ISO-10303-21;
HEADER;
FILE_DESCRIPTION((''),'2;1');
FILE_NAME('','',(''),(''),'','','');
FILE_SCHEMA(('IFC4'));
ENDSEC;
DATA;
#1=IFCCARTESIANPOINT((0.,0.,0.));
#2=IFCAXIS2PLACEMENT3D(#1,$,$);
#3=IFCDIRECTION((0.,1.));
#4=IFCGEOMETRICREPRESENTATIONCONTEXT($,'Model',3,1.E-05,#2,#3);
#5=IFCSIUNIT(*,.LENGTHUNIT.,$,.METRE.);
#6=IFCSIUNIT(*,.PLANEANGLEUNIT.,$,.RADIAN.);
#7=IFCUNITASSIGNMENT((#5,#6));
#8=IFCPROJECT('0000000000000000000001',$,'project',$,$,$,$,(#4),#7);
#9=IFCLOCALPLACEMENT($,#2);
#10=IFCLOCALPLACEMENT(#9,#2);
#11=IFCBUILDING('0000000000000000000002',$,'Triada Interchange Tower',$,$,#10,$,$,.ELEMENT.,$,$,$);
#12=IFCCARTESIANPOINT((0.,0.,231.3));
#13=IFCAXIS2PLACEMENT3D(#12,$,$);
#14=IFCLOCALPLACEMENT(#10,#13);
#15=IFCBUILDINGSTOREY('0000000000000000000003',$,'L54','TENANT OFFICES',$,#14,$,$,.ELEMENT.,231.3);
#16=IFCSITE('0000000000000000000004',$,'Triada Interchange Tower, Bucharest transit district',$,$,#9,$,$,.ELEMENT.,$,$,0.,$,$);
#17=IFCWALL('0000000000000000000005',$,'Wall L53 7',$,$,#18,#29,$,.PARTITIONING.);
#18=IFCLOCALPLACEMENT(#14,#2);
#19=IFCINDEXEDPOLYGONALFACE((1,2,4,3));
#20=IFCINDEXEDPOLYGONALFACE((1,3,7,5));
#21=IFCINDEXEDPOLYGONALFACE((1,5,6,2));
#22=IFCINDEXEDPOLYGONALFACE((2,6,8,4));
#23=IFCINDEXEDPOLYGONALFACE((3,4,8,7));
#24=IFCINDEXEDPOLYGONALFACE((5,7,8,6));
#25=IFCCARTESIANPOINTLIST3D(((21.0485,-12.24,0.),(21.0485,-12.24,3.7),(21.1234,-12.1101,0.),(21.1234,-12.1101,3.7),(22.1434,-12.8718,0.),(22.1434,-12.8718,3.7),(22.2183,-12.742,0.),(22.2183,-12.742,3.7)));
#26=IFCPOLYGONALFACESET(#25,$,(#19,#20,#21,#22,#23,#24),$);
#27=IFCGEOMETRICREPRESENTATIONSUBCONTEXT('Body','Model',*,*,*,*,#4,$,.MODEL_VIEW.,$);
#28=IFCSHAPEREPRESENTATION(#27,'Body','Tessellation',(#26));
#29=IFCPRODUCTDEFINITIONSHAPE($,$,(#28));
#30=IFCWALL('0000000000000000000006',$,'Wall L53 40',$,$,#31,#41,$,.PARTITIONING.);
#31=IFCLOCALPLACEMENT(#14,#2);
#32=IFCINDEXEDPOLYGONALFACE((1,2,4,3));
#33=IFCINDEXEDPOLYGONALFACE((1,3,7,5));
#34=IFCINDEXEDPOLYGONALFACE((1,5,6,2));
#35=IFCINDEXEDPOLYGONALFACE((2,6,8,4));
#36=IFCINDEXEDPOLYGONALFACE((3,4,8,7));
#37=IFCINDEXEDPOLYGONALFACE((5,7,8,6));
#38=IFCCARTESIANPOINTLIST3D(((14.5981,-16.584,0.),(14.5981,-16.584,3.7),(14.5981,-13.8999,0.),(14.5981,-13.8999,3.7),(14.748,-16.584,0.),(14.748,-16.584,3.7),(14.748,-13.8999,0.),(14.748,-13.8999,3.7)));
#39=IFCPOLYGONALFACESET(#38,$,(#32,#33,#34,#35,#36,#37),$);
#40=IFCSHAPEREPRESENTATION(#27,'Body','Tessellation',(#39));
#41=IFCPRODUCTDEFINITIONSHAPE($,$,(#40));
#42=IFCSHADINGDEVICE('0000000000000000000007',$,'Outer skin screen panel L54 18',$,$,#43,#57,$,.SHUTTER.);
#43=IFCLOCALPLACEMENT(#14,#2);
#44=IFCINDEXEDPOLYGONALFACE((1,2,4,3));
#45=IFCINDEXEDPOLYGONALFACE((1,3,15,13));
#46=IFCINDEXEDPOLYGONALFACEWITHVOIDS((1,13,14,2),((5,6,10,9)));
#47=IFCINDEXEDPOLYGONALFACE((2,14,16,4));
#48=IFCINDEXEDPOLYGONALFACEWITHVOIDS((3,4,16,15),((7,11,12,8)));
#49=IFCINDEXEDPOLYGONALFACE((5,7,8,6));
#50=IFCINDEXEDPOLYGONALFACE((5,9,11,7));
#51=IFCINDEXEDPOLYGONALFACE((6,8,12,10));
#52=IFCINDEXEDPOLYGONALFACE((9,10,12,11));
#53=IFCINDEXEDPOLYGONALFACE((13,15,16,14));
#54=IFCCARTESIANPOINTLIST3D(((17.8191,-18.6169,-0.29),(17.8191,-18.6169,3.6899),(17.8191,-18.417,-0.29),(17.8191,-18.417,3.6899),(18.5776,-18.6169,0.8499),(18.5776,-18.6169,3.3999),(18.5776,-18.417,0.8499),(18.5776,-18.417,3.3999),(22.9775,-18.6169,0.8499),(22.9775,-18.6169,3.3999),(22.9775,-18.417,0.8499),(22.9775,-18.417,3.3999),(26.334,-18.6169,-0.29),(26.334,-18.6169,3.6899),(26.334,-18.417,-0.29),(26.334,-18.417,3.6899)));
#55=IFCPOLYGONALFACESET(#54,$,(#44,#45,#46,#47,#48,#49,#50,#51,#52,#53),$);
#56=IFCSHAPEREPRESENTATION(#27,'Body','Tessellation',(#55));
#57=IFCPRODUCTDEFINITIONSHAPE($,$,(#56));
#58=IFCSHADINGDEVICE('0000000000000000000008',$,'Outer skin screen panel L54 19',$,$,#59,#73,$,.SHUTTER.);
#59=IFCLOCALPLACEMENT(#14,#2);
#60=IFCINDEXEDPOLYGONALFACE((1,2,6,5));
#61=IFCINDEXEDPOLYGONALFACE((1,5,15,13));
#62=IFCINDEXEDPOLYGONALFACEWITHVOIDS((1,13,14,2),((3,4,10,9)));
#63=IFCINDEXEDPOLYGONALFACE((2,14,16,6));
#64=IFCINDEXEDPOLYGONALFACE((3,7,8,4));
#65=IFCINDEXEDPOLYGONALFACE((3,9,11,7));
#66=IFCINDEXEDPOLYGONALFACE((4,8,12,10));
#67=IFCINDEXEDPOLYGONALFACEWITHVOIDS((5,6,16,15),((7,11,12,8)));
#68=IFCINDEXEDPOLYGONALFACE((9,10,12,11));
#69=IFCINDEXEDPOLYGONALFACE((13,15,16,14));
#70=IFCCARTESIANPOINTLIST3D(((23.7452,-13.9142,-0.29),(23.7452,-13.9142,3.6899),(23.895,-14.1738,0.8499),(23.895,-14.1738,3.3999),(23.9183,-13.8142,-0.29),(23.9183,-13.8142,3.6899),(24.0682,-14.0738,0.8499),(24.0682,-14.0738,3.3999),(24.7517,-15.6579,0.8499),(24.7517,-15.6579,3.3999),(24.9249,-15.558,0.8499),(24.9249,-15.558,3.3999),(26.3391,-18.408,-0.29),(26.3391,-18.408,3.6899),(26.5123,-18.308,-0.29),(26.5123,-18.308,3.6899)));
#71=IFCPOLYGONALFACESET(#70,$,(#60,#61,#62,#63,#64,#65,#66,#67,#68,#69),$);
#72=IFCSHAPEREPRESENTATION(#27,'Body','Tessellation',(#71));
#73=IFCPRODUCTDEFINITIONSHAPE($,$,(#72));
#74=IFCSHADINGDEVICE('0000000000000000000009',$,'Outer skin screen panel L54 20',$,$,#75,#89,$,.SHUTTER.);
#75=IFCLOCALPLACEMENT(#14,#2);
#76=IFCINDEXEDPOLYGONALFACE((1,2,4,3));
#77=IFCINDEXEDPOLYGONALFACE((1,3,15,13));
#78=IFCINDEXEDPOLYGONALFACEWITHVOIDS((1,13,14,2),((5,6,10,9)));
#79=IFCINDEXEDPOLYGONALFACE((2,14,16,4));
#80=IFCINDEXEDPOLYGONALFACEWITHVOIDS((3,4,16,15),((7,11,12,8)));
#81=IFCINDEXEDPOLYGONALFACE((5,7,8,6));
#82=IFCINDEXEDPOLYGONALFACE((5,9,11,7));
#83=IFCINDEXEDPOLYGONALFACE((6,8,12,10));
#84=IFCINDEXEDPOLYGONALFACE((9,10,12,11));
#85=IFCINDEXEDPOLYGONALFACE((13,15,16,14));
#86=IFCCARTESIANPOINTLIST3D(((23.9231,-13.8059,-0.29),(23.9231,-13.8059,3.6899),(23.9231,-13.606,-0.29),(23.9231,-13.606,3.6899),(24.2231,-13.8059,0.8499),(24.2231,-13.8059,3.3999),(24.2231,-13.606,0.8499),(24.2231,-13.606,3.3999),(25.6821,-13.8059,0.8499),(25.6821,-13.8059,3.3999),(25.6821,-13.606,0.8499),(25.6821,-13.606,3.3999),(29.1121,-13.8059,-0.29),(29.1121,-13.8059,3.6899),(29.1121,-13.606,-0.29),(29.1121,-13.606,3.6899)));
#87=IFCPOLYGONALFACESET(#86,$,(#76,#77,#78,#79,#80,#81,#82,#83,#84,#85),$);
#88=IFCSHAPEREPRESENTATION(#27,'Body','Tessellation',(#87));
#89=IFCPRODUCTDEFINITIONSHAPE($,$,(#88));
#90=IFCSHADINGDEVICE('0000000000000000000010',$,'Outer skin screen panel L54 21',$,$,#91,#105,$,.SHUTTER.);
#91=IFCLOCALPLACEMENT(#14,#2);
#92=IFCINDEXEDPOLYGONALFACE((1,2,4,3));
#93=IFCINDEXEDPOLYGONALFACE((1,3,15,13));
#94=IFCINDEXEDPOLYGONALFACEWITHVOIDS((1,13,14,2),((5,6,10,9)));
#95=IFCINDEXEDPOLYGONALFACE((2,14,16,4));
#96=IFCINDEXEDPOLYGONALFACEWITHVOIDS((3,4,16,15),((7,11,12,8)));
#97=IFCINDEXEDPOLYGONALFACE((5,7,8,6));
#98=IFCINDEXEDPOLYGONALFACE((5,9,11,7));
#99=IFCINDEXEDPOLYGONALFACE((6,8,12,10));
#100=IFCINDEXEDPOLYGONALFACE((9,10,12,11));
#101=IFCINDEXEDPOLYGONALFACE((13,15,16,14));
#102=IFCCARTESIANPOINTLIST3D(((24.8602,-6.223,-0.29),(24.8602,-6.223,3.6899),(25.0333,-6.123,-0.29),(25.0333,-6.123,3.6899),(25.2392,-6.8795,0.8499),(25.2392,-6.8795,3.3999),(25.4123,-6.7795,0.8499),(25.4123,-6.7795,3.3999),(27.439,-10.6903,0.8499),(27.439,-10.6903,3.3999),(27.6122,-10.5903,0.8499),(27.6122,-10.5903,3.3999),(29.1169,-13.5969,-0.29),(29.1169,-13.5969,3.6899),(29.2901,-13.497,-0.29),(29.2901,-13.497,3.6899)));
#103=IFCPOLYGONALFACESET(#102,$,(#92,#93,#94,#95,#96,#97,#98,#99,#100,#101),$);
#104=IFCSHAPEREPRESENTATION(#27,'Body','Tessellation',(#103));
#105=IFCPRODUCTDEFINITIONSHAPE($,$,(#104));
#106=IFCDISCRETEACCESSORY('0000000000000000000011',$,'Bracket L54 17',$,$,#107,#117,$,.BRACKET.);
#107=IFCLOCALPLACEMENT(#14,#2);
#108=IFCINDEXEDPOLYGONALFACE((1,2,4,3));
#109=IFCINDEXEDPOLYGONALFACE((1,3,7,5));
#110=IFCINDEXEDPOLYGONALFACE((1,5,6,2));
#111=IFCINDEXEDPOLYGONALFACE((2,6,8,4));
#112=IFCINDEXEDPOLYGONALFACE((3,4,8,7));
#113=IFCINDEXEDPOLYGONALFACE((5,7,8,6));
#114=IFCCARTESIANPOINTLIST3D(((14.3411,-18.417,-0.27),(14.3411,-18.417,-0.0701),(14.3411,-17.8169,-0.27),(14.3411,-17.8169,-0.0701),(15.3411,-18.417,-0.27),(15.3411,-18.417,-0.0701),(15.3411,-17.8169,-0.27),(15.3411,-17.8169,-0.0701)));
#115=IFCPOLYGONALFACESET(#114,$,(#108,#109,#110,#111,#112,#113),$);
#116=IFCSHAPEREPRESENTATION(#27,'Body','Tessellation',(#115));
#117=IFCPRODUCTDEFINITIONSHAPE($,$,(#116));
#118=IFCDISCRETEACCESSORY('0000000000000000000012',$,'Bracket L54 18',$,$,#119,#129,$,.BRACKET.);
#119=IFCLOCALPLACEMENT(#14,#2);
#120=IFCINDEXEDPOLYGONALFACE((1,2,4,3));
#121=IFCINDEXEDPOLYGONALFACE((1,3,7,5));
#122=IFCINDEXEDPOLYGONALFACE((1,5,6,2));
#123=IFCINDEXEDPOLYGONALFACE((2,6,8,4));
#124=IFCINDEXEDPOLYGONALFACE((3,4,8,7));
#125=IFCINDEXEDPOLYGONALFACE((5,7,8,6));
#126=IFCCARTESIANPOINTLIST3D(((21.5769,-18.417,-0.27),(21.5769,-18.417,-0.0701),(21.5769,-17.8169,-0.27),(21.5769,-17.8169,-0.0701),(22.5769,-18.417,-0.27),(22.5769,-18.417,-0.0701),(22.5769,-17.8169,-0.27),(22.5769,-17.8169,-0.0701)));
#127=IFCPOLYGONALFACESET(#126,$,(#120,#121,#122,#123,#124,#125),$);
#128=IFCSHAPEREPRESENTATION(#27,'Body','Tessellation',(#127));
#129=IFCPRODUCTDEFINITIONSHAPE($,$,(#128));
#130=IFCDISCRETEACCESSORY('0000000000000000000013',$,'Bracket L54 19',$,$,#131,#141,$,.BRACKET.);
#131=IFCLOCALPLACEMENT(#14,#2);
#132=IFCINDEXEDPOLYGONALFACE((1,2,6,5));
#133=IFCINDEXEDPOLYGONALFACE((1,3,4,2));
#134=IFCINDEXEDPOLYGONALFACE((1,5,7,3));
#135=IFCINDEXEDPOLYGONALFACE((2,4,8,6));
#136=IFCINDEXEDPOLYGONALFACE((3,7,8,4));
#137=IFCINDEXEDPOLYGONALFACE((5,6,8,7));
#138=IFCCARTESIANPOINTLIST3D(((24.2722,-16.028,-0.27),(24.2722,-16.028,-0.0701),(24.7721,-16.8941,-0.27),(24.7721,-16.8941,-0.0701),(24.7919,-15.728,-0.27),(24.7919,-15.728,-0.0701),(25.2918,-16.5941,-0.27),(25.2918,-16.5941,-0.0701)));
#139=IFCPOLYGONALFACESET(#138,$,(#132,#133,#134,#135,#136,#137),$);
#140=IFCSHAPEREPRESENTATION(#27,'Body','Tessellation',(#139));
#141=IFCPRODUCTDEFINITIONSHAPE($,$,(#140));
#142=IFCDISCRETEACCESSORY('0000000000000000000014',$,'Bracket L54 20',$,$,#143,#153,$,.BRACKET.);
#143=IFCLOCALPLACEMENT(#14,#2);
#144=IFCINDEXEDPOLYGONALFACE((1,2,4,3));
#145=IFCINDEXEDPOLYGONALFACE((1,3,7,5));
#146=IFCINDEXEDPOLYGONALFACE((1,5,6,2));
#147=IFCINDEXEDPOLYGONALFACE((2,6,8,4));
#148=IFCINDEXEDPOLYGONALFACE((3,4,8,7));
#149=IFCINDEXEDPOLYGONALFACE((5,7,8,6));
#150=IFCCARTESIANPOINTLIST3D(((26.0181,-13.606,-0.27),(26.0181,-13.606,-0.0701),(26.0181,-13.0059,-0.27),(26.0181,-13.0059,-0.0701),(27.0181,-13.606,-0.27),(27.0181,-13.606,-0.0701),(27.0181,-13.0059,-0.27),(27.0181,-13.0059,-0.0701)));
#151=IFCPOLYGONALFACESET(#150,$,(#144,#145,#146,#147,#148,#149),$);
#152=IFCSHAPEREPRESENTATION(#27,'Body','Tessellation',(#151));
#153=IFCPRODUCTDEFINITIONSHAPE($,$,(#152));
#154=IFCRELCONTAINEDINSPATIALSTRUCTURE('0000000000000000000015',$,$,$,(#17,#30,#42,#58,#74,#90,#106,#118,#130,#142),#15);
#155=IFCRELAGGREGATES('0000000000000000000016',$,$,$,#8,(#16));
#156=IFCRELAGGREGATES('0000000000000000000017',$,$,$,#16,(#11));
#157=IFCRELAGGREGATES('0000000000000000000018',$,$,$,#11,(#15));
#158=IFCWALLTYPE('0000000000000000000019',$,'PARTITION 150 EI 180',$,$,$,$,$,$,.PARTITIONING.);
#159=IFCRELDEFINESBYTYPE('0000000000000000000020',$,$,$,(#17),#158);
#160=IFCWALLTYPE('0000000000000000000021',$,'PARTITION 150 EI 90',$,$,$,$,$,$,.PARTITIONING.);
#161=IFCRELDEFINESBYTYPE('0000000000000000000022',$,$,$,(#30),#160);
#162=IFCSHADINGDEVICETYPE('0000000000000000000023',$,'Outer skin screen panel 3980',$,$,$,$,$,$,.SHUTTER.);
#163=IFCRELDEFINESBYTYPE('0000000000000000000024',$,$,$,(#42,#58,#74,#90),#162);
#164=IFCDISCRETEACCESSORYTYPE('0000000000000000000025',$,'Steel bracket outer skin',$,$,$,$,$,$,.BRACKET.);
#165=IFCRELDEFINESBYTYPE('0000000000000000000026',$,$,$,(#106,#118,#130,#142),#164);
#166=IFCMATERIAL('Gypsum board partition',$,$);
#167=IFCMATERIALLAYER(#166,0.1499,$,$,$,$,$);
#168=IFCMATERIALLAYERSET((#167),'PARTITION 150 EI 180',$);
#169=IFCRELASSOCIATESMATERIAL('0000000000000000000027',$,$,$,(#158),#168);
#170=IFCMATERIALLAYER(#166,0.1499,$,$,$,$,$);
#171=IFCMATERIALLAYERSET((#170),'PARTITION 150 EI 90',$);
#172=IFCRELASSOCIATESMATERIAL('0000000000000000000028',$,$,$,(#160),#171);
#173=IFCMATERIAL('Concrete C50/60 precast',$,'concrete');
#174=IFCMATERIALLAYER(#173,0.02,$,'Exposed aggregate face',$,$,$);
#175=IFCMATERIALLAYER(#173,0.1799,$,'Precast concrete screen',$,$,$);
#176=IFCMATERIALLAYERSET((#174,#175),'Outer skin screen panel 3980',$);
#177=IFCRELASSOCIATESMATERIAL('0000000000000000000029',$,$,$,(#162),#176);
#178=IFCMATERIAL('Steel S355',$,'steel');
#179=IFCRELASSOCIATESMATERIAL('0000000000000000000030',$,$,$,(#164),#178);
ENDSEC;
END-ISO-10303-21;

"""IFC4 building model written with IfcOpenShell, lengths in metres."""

from ifc_helpers import new_model, si_unit, direction, frame, frame_2d, origin, origin_2d, place, context, subcontext, project, spatial, polyline, rectangle, outline, extrude, material, layer, layer_set, type_object, element, save


model = new_model("IFC4")

# Units and contexts
model_context = context("Model", 3, precision=1e-05, world=origin(), true_north=direction((0.0, 1.0)))
body_context = subcontext(model_context, "Body", "Model", "MODEL_VIEW")
ifc_project = project(units=[si_unit("LENGTHUNIT", "METRE"), si_unit("PLANEANGLEUNIT", "RADIAN")], contexts=[model_context])

# Site, building, storey
site_placement = place(None, origin())
site = spatial("IfcSite", under=ifc_project, at=site_placement, Name="Triada Interchange Tower, Bucharest transit district", CompositionType="ELEMENT", RefElevation=0.0)
building_placement = place(site_placement, origin())
building = spatial("IfcBuilding", under=site, at=building_placement, Name="Triada Interchange Tower", CompositionType="ELEMENT")
storey_placement = place(building_placement, frame((0.0, 0.0, 231.3)))
storey = spatial("IfcBuildingStorey", under=building, at=storey_placement, Name="L54", Description="TENANT OFFICES", CompositionType="ELEMENT", Elevation=231.3)

# Walls
ifc_material_1 = material(Name="Gypsum board partition")
ifc_layer_1 = layer(ifc_material_1, 0.1499)
ifc_layer_set_1 = layer_set([ifc_layer_1], Name="PARTITION 150 EI 180")
wall_type_1 = type_object("IfcWallType", Name="PARTITION 150 EI 180", PredefinedType="PARTITIONING", material=ifc_layer_set_1)
wall_1_placement = place(storey_placement, frame((21.0859, -12.175, 0.0), z_axis=(0.0, 0.0, 1.0), x_axis=(0.866144, -0.499795, 0.0)))
element("IfcWall", 1, at=wall_1_placement, inside=storey, type_object=wall_type_1, Name="Wall L53 7", PredefinedType="PARTITIONING", context=body_context, shape_type="SweptSolid", body=[
    extrude(rectangle(XDim=1.2642, YDim=0.1499, at=frame_2d((0.6321, 0.0))), origin(), (0.0, 0.0, 1.0), 3.7),
])
ifc_layer_2 = layer(ifc_material_1, 0.1499)
ifc_layer_set_2 = layer_set([ifc_layer_2], Name="PARTITION 150 EI 90")
wall_type_2 = type_object("IfcWallType", Name="PARTITION 150 EI 90", PredefinedType="PARTITIONING", material=ifc_layer_set_2)
wall_2_placement = place(storey_placement, frame((14.6731, -16.584, 0.0), z_axis=(0.0, 0.0, 1.0), x_axis=(0.0, 1.0, 0.0)))
element("IfcWall", 2, at=wall_2_placement, inside=storey, type_object=wall_type_2, Name="Wall L53 40", PredefinedType="PARTITIONING", context=body_context, shape_type="SweptSolid", body=[
    extrude(rectangle(XDim=2.6841, YDim=0.1499, at=frame_2d((1.342, 0.0))), origin(), (0.0, 0.0, 1.0), 3.7),
])

# Shading devices
ifc_material_2 = material(Name="Concrete C50/60 precast", Category="concrete")
ifc_layer_3 = layer(ifc_material_2, 0.02, Name="Exposed aggregate face")
ifc_layer_4 = layer(ifc_material_2, 0.1799, Name="Precast concrete screen")
ifc_layer_set_3 = layer_set([ifc_layer_3, ifc_layer_4], Name="Outer skin screen panel 3980")
shading_device_type = type_object("IfcShadingDeviceType", Name="Outer skin screen panel 3980", PredefinedType="SHUTTER", material=ifc_layer_set_3)
shading_device_1_placement = place(storey_placement, frame((17.8191, -18.417, -0.29), z_axis=(0.0, 0.0, 1.0), x_axis=(1.0, 0.0, 0.0)))
element("IfcShadingDevice", 3, at=shading_device_1_placement, inside=storey, type_object=shading_device_type, Name="Outer skin screen panel L54 18", PredefinedType="SHUTTER", context=body_context, shape_type="SweptSolid", body=[
    extrude(outline(polyline([(0.0, 0.0), (8.5149, 0.0), (8.5149, 3.98), (0.0, 3.98), (0.0, 0.0)]), holes=[polyline([(0.7585, 1.1399), (0.7585, 3.6899), (5.1584, 3.6899), (5.1584, 1.1399), (0.7585, 1.1399)])]), frame((0.0, 0.0, 0.0), z_axis=(0.0, -1.0, 0.0), x_axis=(1.0, 0.0, 0.0)), (0.0, 0.0, 1.0), 0.2),
])
shading_device_2_placement = place(storey_placement, frame((26.3391, -18.408, -0.29), z_axis=(0.0, 0.0, 1.0), x_axis=(-0.499919, 0.866072, 0.0)))
element("IfcShadingDevice", 4, at=shading_device_2_placement, inside=storey, type_object=shading_device_type, Name="Outer skin screen panel L54 19", PredefinedType="SHUTTER", context=body_context, shape_type="SweptSolid", body=[
    extrude(outline(polyline([(0.0, 0.0), (5.1887, 0.0), (5.1887, 3.98), (0.0, 3.98), (0.0, 0.0)]), holes=[polyline([(3.1753, 1.1399), (3.1753, 3.6899), (4.8889, 3.6899), (4.8889, 1.1399), (3.1753, 1.1399)])]), frame((0.0, 0.0, 0.0), z_axis=(0.0, -1.0, 0.0), x_axis=(1.0, 0.0, 0.0)), (0.0, 0.0, 1.0), 0.2),
])
shading_device_3_placement = place(storey_placement, frame((23.9231, -13.606, -0.29), z_axis=(0.0, 0.0, 1.0), x_axis=(1.0, 0.0, 0.0)))
element("IfcShadingDevice", 5, at=shading_device_3_placement, inside=storey, type_object=shading_device_type, Name="Outer skin screen panel L54 20", PredefinedType="SHUTTER", context=body_context, shape_type="SweptSolid", body=[
    extrude(outline(polyline([(0.0, 0.0), (5.189, 0.0), (5.189, 3.98), (0.0, 3.98), (0.0, 0.0)]), holes=[polyline([(0.3, 1.1399), (0.3, 3.6899), (1.759, 3.6899), (1.759, 1.1399), (0.3, 1.1399)])]), frame((0.0, 0.0, 0.0), z_axis=(0.0, -1.0, 0.0), x_axis=(1.0, 0.0, 0.0)), (0.0, 0.0, 1.0), 0.2),
])
shading_device_4_placement = place(storey_placement, frame((29.1169, -13.5969, -0.29), z_axis=(0.0, 0.0, 1.0), x_axis=(-0.499951, 0.866054, 0.0)))
element("IfcShadingDevice", 6, at=shading_device_4_placement, inside=storey, type_object=shading_device_type, Name="Outer skin screen panel L54 21", PredefinedType="SHUTTER", context=body_context, shape_type="SweptSolid", body=[
    extrude(outline(polyline([(0.0, 0.0), (8.5144, 0.0), (8.5144, 3.98), (0.0, 3.98), (0.0, 0.0)]), holes=[polyline([(3.3562, 1.1399), (3.3562, 3.6899), (7.7563, 3.6899), (7.7563, 1.1399), (3.3562, 1.1399)])]), frame((0.0, 0.0, 0.0), z_axis=(0.0, -1.0, 0.0), x_axis=(1.0, 0.0, 0.0)), (0.0, 0.0, 1.0), 0.2),
])

# Discrete accessories
ifc_material_3 = material(Name="Steel S355", Category="steel")
discrete_accessory_type = type_object("IfcDiscreteAccessoryType", Name="Steel bracket outer skin", PredefinedType="BRACKET", material=ifc_material_3)
for number, where, z_axis, x_axis, name in (
    (7, (14.8411, -18.1169, -0.27), (0.0, 0.0, 1.0), (0.0, -1.0, 0.0), "Bracket L54 17"),
    (8, (22.0769, -18.1169, -0.27), (0.0, 0.0, 1.0), (0.0, -1.0, 0.0), "Bracket L54 18"),
    (9, (24.782, -16.311, -0.27), (0.0, 0.0, 1.0), (0.866075, 0.499915, 0.0), "Bracket L54 19"),
    (10, (26.5181, -13.3059, -0.27), (0.0, 0.0, 1.0), (0.0, -1.0, 0.0), "Bracket L54 20"),
):
    element("IfcDiscreteAccessory", number, at=place(storey_placement, frame(where, z_axis=z_axis, x_axis=x_axis)), inside=storey, type_object=discrete_accessory_type, Name=name, PredefinedType="BRACKET", context=body_context, shape_type="SweptSolid", body=[
        extrude(rectangle(XDim=0.6001, YDim=1.0, at=origin_2d()), origin(), (0.0, 0.0, 1.0), 0.2),
    ])

save(model, "model.ifc")
